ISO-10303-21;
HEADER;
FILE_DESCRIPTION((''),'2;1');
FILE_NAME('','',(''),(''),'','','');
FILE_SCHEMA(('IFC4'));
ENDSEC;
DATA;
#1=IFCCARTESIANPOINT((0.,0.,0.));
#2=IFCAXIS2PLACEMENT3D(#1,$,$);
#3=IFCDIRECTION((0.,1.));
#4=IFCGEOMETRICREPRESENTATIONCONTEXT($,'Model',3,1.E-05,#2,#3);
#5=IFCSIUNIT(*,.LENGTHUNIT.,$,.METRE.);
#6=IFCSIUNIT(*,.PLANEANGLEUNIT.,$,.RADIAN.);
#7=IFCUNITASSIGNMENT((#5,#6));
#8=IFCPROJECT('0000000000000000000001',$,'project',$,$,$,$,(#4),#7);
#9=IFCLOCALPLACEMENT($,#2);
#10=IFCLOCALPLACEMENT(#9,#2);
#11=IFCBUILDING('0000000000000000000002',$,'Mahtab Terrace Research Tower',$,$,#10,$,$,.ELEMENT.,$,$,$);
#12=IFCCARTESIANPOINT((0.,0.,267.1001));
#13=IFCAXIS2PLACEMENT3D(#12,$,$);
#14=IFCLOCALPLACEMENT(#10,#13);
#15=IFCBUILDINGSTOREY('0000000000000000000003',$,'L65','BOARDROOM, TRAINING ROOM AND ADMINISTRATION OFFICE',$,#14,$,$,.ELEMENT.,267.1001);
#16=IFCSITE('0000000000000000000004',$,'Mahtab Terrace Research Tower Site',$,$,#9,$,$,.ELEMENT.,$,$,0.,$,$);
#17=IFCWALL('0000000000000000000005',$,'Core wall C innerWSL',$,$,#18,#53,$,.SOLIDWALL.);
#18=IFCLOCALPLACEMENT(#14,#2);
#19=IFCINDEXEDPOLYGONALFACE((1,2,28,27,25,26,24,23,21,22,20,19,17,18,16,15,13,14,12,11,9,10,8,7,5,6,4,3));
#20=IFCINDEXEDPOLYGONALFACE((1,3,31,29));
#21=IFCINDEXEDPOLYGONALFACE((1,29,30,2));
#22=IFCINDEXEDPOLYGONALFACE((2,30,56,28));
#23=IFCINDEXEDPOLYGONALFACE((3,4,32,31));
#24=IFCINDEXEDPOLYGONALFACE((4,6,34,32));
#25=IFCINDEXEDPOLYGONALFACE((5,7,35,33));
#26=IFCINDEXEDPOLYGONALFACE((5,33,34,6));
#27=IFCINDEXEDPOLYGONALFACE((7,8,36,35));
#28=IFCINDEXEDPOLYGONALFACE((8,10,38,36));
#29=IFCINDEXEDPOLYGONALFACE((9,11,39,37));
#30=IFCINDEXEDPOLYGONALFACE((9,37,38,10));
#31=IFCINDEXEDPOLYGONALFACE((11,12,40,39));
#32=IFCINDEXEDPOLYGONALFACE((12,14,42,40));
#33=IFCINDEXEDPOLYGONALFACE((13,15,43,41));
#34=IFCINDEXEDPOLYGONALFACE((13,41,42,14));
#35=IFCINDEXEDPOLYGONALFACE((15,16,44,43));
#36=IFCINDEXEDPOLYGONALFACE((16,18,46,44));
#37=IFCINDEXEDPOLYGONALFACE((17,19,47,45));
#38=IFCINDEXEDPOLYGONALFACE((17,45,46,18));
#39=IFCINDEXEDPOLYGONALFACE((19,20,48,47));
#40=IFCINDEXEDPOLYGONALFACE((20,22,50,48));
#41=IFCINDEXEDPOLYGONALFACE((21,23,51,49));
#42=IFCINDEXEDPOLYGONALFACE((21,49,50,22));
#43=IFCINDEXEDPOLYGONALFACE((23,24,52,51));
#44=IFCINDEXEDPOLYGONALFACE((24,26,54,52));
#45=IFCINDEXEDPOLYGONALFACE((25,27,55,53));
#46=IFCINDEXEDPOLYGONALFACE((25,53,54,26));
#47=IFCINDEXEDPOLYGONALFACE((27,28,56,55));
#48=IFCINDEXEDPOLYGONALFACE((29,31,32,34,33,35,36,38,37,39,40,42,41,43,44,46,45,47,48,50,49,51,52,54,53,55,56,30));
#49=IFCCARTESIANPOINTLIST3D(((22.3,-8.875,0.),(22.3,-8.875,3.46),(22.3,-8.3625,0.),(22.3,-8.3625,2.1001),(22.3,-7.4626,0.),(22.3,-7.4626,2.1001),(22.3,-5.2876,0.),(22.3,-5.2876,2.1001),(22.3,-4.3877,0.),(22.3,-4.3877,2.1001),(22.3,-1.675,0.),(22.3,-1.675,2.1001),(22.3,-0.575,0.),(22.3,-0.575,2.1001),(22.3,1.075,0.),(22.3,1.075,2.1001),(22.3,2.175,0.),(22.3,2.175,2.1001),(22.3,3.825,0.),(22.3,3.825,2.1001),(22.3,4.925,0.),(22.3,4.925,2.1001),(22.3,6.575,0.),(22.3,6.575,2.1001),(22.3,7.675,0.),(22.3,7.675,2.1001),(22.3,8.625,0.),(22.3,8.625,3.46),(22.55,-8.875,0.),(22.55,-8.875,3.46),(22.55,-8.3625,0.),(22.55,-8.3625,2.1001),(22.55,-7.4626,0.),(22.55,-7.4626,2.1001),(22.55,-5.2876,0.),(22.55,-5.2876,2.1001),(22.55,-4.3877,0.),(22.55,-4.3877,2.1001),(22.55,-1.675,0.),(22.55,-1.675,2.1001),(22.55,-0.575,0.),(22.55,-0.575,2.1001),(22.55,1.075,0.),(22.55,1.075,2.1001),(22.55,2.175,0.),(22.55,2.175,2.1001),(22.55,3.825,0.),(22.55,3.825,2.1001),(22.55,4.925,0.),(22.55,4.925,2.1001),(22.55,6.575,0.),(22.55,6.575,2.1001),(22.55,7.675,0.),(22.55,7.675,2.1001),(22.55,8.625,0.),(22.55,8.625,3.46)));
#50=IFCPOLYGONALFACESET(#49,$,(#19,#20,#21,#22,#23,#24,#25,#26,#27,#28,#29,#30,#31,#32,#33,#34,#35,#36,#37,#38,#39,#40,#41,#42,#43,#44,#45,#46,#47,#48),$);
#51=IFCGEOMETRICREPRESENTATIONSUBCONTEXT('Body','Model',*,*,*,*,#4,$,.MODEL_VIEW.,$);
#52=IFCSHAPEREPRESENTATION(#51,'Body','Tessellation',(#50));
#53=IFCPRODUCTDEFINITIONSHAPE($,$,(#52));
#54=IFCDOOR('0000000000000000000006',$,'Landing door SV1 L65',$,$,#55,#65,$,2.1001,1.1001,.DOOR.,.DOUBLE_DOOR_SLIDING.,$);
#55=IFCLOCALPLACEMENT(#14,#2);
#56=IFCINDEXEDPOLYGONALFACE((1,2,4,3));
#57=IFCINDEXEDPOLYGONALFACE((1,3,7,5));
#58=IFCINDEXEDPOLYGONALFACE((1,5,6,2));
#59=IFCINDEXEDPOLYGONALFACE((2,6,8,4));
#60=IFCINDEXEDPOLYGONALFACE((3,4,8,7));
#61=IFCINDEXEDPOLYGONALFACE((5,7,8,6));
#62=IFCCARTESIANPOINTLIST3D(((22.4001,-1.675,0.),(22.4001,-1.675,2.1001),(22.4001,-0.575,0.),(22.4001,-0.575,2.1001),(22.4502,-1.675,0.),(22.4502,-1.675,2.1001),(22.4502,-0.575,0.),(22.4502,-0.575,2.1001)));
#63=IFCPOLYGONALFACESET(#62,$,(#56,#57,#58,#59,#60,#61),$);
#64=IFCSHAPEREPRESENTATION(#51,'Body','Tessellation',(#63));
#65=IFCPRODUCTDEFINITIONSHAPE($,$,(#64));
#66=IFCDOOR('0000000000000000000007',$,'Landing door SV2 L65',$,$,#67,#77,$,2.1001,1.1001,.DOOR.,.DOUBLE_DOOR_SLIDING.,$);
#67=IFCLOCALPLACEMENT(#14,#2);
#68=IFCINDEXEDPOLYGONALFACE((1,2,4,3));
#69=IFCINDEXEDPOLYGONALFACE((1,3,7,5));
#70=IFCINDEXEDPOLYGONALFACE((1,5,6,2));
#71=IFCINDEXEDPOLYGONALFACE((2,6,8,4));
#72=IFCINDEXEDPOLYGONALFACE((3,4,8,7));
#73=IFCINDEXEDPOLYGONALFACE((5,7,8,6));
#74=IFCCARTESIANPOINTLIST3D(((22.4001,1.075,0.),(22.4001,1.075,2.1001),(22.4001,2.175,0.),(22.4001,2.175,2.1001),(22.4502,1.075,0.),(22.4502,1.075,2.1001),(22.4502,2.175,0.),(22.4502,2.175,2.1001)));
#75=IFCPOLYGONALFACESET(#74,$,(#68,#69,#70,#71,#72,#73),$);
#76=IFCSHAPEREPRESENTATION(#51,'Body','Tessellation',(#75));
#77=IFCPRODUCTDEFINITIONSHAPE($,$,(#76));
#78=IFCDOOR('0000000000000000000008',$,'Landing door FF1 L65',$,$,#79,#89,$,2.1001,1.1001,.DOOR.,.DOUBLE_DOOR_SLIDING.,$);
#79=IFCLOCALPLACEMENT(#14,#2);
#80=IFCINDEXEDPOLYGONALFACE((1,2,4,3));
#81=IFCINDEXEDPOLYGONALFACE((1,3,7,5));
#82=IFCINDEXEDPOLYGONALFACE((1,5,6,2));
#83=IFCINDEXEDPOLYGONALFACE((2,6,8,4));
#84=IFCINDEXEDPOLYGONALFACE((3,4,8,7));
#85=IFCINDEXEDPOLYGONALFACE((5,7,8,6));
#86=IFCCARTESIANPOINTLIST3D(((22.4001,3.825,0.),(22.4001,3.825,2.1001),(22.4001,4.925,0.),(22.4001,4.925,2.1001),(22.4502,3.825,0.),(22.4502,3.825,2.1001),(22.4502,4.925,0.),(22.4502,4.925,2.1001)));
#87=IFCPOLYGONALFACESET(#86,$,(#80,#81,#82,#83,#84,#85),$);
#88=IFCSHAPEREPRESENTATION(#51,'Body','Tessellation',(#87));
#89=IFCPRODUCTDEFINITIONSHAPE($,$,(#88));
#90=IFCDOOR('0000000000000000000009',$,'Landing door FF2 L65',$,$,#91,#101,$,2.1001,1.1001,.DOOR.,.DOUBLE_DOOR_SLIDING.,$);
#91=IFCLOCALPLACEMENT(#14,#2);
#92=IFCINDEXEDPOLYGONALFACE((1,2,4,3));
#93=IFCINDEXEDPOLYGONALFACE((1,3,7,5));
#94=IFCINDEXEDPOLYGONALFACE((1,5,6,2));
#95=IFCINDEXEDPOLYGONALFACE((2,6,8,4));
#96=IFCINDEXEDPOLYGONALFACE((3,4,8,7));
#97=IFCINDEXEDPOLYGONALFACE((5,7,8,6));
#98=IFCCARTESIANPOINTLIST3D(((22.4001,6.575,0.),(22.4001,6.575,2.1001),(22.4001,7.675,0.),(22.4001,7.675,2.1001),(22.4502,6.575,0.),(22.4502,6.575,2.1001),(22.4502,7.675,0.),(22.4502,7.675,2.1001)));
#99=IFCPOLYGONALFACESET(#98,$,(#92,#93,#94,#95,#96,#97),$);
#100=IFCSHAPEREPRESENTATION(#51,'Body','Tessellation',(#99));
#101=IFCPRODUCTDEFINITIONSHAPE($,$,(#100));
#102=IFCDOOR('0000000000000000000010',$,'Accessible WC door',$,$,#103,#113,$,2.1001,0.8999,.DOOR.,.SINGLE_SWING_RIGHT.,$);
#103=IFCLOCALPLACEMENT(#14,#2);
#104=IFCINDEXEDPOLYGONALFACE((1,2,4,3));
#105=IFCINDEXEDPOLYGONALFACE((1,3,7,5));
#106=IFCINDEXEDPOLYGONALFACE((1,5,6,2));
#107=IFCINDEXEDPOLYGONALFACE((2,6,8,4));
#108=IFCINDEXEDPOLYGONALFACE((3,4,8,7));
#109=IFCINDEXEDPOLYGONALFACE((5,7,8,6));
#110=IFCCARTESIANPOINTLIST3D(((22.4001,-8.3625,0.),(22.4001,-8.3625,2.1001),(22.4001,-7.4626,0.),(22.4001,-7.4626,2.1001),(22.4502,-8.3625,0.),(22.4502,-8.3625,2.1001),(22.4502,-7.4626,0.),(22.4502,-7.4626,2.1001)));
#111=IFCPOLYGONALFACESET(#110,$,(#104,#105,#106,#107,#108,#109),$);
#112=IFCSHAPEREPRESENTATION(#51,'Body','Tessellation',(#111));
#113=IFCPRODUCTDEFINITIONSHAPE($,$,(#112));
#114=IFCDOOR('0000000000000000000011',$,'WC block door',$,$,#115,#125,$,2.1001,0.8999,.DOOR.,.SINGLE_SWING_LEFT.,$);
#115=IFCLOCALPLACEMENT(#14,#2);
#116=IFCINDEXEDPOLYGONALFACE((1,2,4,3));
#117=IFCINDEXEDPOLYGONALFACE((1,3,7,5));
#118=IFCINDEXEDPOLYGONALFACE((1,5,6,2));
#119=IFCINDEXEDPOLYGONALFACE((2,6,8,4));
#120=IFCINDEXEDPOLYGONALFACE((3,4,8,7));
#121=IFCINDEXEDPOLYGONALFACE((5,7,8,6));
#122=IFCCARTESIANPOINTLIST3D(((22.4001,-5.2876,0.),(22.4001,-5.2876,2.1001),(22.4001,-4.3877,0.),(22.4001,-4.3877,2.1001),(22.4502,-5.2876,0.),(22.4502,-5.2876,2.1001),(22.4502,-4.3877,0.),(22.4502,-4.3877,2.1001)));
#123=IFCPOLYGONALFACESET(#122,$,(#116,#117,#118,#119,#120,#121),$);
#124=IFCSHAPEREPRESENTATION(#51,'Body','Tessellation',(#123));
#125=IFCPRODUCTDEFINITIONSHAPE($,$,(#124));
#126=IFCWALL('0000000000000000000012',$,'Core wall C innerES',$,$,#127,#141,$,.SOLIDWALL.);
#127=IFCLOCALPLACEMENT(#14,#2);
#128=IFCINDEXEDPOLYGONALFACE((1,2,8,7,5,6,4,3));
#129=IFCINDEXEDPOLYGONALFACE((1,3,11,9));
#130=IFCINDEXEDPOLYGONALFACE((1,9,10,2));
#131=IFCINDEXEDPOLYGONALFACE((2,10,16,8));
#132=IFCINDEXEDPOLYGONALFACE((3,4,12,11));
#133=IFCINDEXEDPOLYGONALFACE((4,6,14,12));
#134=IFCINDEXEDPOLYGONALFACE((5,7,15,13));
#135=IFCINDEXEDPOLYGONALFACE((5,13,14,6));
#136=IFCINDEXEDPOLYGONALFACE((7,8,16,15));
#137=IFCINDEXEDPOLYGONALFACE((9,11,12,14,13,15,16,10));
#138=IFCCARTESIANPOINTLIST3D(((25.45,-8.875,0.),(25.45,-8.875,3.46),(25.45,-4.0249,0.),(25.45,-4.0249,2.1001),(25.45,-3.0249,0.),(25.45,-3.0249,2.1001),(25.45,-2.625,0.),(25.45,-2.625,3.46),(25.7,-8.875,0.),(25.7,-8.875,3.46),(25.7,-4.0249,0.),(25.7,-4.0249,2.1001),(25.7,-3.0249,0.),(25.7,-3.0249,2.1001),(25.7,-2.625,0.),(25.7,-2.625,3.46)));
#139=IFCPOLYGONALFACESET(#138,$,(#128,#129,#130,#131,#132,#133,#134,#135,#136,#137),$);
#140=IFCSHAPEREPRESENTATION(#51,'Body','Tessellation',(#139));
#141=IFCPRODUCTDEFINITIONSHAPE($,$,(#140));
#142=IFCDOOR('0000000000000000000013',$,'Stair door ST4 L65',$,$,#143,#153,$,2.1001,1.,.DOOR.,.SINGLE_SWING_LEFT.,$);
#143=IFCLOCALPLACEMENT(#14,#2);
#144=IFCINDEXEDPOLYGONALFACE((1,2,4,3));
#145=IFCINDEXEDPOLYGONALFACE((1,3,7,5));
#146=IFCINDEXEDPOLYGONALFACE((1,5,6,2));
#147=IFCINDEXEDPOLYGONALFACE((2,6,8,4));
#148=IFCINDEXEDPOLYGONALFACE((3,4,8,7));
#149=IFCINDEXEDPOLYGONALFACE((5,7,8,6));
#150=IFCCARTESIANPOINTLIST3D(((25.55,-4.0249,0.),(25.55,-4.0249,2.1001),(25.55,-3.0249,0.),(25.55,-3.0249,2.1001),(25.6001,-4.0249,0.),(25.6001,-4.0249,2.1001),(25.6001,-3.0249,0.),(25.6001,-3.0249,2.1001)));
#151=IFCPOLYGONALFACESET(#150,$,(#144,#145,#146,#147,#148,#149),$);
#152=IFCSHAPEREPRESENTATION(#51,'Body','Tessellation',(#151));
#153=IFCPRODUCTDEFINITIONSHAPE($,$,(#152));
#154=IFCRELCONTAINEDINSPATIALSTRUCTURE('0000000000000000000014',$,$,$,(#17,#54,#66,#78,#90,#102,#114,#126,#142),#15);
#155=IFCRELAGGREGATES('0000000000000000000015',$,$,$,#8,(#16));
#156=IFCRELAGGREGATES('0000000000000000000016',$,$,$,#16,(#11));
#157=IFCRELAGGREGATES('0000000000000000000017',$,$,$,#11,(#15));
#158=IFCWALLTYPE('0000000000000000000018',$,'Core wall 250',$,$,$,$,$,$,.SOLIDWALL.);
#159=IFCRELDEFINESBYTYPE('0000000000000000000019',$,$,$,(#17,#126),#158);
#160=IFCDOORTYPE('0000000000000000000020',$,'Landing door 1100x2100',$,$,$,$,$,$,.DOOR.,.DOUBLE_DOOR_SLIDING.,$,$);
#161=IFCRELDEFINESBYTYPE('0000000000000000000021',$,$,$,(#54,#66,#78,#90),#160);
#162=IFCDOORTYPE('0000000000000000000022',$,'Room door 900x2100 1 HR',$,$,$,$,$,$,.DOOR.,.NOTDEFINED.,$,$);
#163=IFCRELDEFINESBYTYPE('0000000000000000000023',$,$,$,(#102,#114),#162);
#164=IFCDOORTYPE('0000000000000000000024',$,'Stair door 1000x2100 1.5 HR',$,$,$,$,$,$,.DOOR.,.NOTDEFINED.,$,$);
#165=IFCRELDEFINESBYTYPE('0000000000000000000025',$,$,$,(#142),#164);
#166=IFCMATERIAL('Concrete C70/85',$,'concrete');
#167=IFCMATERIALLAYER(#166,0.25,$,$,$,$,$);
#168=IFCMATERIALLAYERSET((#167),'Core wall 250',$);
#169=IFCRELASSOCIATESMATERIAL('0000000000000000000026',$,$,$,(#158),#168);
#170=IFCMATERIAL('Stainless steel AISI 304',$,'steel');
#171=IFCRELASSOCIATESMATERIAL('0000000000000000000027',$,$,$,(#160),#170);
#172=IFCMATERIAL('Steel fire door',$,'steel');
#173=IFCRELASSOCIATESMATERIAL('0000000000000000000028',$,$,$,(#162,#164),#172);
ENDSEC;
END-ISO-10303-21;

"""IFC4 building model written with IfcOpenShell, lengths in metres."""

from ifc_helpers import new_model, si_unit, direction, frame, frame_2d, origin, place, context, subcontext, project, spatial, rectangle, extrude, material, layer, layer_set, type_object, element, fill, save


model = new_model("IFC4")

# Units and contexts
model_context = context("Model", 3, precision=1e-05, world=origin(), true_north=direction((0.0, 1.0)))
body_context = subcontext(model_context, "Body", "Model", "MODEL_VIEW")
ifc_project = project(units=[si_unit("LENGTHUNIT", "METRE"), si_unit("PLANEANGLEUNIT", "RADIAN")], contexts=[model_context])

# Site, building, storey
site_placement = place(None, origin())
site = spatial("IfcSite", under=ifc_project, at=site_placement, Name="Mahtab Terrace Research Tower Site", CompositionType="ELEMENT", RefElevation=0.0)
building_placement = place(site_placement, origin())
building = spatial("IfcBuilding", under=site, at=building_placement, Name="Mahtab Terrace Research Tower", CompositionType="ELEMENT")
storey_placement = place(building_placement, frame((0.0, 0.0, 267.1001)))
storey = spatial("IfcBuildingStorey", under=building, at=storey_placement, Name="L65", Description="BOARDROOM, TRAINING ROOM AND ADMINISTRATION OFFICE", CompositionType="ELEMENT", Elevation=267.1001)

# Shared definitions
ifc_material_1 = material(Name="Concrete C70/85", Category="concrete")

# Wall, openings, doors
ifc_layer_1 = layer(ifc_material_1, 0.25)
ifc_layer_set_1 = layer_set([ifc_layer_1], Name="Core wall 250")
wall_type_1 = type_object("IfcWallType", Name="Core wall 250", PredefinedType="SOLIDWALL", material=ifc_layer_set_1)
wall_1_placement = place(storey_placement, frame((22.425, -8.875, 0.0), z_axis=(0.0, 0.0, 1.0), x_axis=(0.0, 1.0, 0.0)))
wall_1 = element("IfcWall", 1, at=wall_1_placement, inside=storey, type_object=wall_type_1, Name="Core wall C innerWSL", PredefinedType="SOLIDWALL", context=body_context, shape_type="SweptSolid", body=[
    extrude(rectangle(XDim=17.5, YDim=0.25, at=frame_2d((8.75, 0.0))), origin(), (0.0, 0.0, 1.0), 3.46),
])
opening_1_placement = place(wall_1_placement, frame((7.2, 0.0, 0.0)))
opening_1 = element("IfcOpeningElement", 2, at=opening_1_placement, cuts=wall_1, PredefinedType="OPENING", context=body_context, shape_type="SweptSolid", body=[
    extrude(rectangle(XDim=1.1001, YDim=2.1001, at=frame_2d((0.55, 1.05))), frame((0.0, 0.135, 0.0), z_axis=(0.0, -1.0, 0.0), x_axis=(1.0, 0.0, 0.0)), (0.0, 0.0, 1.0), 0.27),
])
opening_2_placement = place(wall_1_placement, frame((9.95, 0.0, 0.0)))
opening_2 = element("IfcOpeningElement", 3, at=opening_2_placement, cuts=wall_1, PredefinedType="OPENING", context=body_context, shape_type="SweptSolid", body=[
    extrude(rectangle(XDim=1.1001, YDim=2.1001, at=frame_2d((0.55, 1.05))), frame((0.0, 0.135, 0.0), z_axis=(0.0, -1.0, 0.0), x_axis=(1.0, 0.0, 0.0)), (0.0, 0.0, 1.0), 0.27),
])
opening_3_placement = place(wall_1_placement, frame((12.7, 0.0, 0.0)))
opening_3 = element("IfcOpeningElement", 4, at=opening_3_placement, cuts=wall_1, PredefinedType="OPENING", context=body_context, shape_type="SweptSolid", body=[
    extrude(rectangle(XDim=1.1001, YDim=2.1001, at=frame_2d((0.55, 1.05))), frame((0.0, 0.135, 0.0), z_axis=(0.0, -1.0, 0.0), x_axis=(1.0, 0.0, 0.0)), (0.0, 0.0, 1.0), 0.27),
])
opening_4_placement = place(wall_1_placement, frame((15.45, 0.0, 0.0)))
opening_4 = element("IfcOpeningElement", 5, at=opening_4_placement, cuts=wall_1, PredefinedType="OPENING", context=body_context, shape_type="SweptSolid", body=[
    extrude(rectangle(XDim=1.1001, YDim=2.1001, at=frame_2d((0.55, 1.05))), frame((0.0, 0.135, 0.0), z_axis=(0.0, -1.0, 0.0), x_axis=(1.0, 0.0, 0.0)), (0.0, 0.0, 1.0), 0.27),
])
opening_5_placement = place(wall_1_placement, frame((0.5125, 0.0, 0.0)))
opening_5 = element("IfcOpeningElement", 6, at=opening_5_placement, cuts=wall_1, PredefinedType="OPENING", context=body_context, shape_type="SweptSolid", body=[
    extrude(rectangle(XDim=0.8999, YDim=2.1001, at=frame_2d((0.45, 1.05))), frame((0.0, 0.135, 0.0), z_axis=(0.0, -1.0, 0.0), x_axis=(1.0, 0.0, 0.0)), (0.0, 0.0, 1.0), 0.27),
])
opening_6_placement = place(wall_1_placement, frame((3.5874, 0.0, 0.0)))
opening_6 = element("IfcOpeningElement", 7, at=opening_6_placement, cuts=wall_1, PredefinedType="OPENING", context=body_context, shape_type="SweptSolid", body=[
    extrude(rectangle(XDim=0.8999, YDim=2.1001, at=frame_2d((0.45, 1.05))), frame((0.0, 0.135, 0.0), z_axis=(0.0, -1.0, 0.0), x_axis=(1.0, 0.0, 0.0)), (0.0, 0.0, 1.0), 0.27),
])
ifc_material_2 = material(Name="Stainless steel AISI 304", Category="steel")
door_type_1 = type_object("IfcDoorType", Name="Landing door 1100x2100", OperationType="DOUBLE_DOOR_SLIDING", PredefinedType="DOOR", material=ifc_material_2)
door_1_placement = place(opening_1_placement, origin())
door_1 = element("IfcDoor", 8, at=door_1_placement, inside=storey, type_object=door_type_1, Name="Landing door SV1 L65", OperationType="DOUBLE_DOOR_SLIDING", OverallHeight=2.1001, OverallWidth=1.1001, PredefinedType="DOOR", context=body_context, shape_type="SweptSolid", body=[
    extrude(rectangle(XDim=1.1001, YDim=2.1001, at=frame_2d((0.55, 1.05))), frame((0.0, 0.0249, 0.0), z_axis=(0.0, -1.0, 0.0), x_axis=(1.0, 0.0, 0.0)), (0.0, 0.0, 1.0), 0.05),
])
fill(opening_1, door_1)
door_2_placement = place(opening_2_placement, origin())
door_2 = element("IfcDoor", 9, at=door_2_placement, inside=storey, type_object=door_type_1, Name="Landing door SV2 L65", OperationType="DOUBLE_DOOR_SLIDING", OverallHeight=2.1001, OverallWidth=1.1001, PredefinedType="DOOR", context=body_context, shape_type="SweptSolid", body=[
    extrude(rectangle(XDim=1.1001, YDim=2.1001, at=frame_2d((0.55, 1.05))), frame((0.0, 0.0249, 0.0), z_axis=(0.0, -1.0, 0.0), x_axis=(1.0, 0.0, 0.0)), (0.0, 0.0, 1.0), 0.05),
])
fill(opening_2, door_2)
door_3_placement = place(opening_3_placement, origin())
door_3 = element("IfcDoor", 10, at=door_3_placement, inside=storey, type_object=door_type_1, Name="Landing door FF1 L65", OperationType="DOUBLE_DOOR_SLIDING", OverallHeight=2.1001, OverallWidth=1.1001, PredefinedType="DOOR", context=body_context, shape_type="SweptSolid", body=[
    extrude(rectangle(XDim=1.1001, YDim=2.1001, at=frame_2d((0.55, 1.05))), frame((0.0, 0.0249, 0.0), z_axis=(0.0, -1.0, 0.0), x_axis=(1.0, 0.0, 0.0)), (0.0, 0.0, 1.0), 0.05),
])
fill(opening_3, door_3)
door_4_placement = place(opening_4_placement, origin())
door_4 = element("IfcDoor", 11, at=door_4_placement, inside=storey, type_object=door_type_1, Name="Landing door FF2 L65", OperationType="DOUBLE_DOOR_SLIDING", OverallHeight=2.1001, OverallWidth=1.1001, PredefinedType="DOOR", context=body_context, shape_type="SweptSolid", body=[
    extrude(rectangle(XDim=1.1001, YDim=2.1001, at=frame_2d((0.55, 1.05))), frame((0.0, 0.0249, 0.0), z_axis=(0.0, -1.0, 0.0), x_axis=(1.0, 0.0, 0.0)), (0.0, 0.0, 1.0), 0.05),
])
fill(opening_4, door_4)
ifc_material_3 = material(Name="Steel fire door", Category="steel")
door_type_2 = type_object("IfcDoorType", Name="Room door 900x2100 1 HR", OperationType="NOTDEFINED", PredefinedType="DOOR", material=ifc_material_3)
door_5_placement = place(opening_5_placement, origin())
door_5 = element("IfcDoor", 12, at=door_5_placement, inside=storey, type_object=door_type_2, Name="Accessible WC door", OperationType="SINGLE_SWING_RIGHT", OverallHeight=2.1001, OverallWidth=0.8999, PredefinedType="DOOR", context=body_context, shape_type="SweptSolid", body=[
    extrude(rectangle(XDim=0.8999, YDim=2.1001, at=frame_2d((0.45, 1.05))), frame((0.0, 0.0249, 0.0), z_axis=(0.0, -1.0, 0.0), x_axis=(1.0, 0.0, 0.0)), (0.0, 0.0, 1.0), 0.05),
])
fill(opening_5, door_5)
door_6_placement = place(opening_6_placement, origin())
door_6 = element("IfcDoor", 13, at=door_6_placement, inside=storey, type_object=door_type_2, Name="WC block door", OperationType="SINGLE_SWING_LEFT", OverallHeight=2.1001, OverallWidth=0.8999, PredefinedType="DOOR", context=body_context, shape_type="SweptSolid", body=[
    extrude(rectangle(XDim=0.8999, YDim=2.1001, at=frame_2d((0.45, 1.05))), frame((0.0, 0.0249, 0.0), z_axis=(0.0, -1.0, 0.0), x_axis=(1.0, 0.0, 0.0)), (0.0, 0.0, 1.0), 0.05),
])
fill(opening_6, door_6)

# Wall, opening, door
wall_2_placement = place(storey_placement, frame((25.575, -8.875, 0.0), z_axis=(0.0, 0.0, 1.0), x_axis=(0.0, 1.0, 0.0)))
wall_2 = element("IfcWall", 14, at=wall_2_placement, inside=storey, type_object=wall_type_1, Name="Core wall C innerES", PredefinedType="SOLIDWALL", context=body_context, shape_type="SweptSolid", body=[
    extrude(rectangle(XDim=6.25, YDim=0.25, at=frame_2d((3.125, 0.0))), origin(), (0.0, 0.0, 1.0), 3.46),
])
opening_7_placement = place(wall_2_placement, frame((4.8501, 0.0, 0.0)))
opening_7 = element("IfcOpeningElement", 15, at=opening_7_placement, cuts=wall_2, PredefinedType="OPENING", context=body_context, shape_type="SweptSolid", body=[
    extrude(rectangle(XDim=1.0, YDim=2.1001, at=frame_2d((0.5, 1.05))), frame((0.0, 0.135, 0.0), z_axis=(0.0, -1.0, 0.0), x_axis=(1.0, 0.0, 0.0)), (0.0, 0.0, 1.0), 0.27),
])
door_type_3 = type_object("IfcDoorType", Name="Stair door 1000x2100 1.5 HR", OperationType="NOTDEFINED", PredefinedType="DOOR", material=ifc_material_3)
door_7_placement = place(opening_7_placement, origin())
door_7 = element("IfcDoor", 16, at=door_7_placement, inside=storey, type_object=door_type_3, Name="Stair door ST4 L65", OperationType="SINGLE_SWING_LEFT", OverallHeight=2.1001, OverallWidth=1.0, PredefinedType="DOOR", context=body_context, shape_type="SweptSolid", body=[
    extrude(rectangle(XDim=1.0, YDim=2.1001, at=frame_2d((0.5, 1.05))), frame((0.0, 0.0249, 0.0), z_axis=(0.0, -1.0, 0.0), x_axis=(1.0, 0.0, 0.0)), (0.0, 0.0, 1.0), 0.05),
])
fill(opening_7, door_7)

save(model, "model.ifc")
